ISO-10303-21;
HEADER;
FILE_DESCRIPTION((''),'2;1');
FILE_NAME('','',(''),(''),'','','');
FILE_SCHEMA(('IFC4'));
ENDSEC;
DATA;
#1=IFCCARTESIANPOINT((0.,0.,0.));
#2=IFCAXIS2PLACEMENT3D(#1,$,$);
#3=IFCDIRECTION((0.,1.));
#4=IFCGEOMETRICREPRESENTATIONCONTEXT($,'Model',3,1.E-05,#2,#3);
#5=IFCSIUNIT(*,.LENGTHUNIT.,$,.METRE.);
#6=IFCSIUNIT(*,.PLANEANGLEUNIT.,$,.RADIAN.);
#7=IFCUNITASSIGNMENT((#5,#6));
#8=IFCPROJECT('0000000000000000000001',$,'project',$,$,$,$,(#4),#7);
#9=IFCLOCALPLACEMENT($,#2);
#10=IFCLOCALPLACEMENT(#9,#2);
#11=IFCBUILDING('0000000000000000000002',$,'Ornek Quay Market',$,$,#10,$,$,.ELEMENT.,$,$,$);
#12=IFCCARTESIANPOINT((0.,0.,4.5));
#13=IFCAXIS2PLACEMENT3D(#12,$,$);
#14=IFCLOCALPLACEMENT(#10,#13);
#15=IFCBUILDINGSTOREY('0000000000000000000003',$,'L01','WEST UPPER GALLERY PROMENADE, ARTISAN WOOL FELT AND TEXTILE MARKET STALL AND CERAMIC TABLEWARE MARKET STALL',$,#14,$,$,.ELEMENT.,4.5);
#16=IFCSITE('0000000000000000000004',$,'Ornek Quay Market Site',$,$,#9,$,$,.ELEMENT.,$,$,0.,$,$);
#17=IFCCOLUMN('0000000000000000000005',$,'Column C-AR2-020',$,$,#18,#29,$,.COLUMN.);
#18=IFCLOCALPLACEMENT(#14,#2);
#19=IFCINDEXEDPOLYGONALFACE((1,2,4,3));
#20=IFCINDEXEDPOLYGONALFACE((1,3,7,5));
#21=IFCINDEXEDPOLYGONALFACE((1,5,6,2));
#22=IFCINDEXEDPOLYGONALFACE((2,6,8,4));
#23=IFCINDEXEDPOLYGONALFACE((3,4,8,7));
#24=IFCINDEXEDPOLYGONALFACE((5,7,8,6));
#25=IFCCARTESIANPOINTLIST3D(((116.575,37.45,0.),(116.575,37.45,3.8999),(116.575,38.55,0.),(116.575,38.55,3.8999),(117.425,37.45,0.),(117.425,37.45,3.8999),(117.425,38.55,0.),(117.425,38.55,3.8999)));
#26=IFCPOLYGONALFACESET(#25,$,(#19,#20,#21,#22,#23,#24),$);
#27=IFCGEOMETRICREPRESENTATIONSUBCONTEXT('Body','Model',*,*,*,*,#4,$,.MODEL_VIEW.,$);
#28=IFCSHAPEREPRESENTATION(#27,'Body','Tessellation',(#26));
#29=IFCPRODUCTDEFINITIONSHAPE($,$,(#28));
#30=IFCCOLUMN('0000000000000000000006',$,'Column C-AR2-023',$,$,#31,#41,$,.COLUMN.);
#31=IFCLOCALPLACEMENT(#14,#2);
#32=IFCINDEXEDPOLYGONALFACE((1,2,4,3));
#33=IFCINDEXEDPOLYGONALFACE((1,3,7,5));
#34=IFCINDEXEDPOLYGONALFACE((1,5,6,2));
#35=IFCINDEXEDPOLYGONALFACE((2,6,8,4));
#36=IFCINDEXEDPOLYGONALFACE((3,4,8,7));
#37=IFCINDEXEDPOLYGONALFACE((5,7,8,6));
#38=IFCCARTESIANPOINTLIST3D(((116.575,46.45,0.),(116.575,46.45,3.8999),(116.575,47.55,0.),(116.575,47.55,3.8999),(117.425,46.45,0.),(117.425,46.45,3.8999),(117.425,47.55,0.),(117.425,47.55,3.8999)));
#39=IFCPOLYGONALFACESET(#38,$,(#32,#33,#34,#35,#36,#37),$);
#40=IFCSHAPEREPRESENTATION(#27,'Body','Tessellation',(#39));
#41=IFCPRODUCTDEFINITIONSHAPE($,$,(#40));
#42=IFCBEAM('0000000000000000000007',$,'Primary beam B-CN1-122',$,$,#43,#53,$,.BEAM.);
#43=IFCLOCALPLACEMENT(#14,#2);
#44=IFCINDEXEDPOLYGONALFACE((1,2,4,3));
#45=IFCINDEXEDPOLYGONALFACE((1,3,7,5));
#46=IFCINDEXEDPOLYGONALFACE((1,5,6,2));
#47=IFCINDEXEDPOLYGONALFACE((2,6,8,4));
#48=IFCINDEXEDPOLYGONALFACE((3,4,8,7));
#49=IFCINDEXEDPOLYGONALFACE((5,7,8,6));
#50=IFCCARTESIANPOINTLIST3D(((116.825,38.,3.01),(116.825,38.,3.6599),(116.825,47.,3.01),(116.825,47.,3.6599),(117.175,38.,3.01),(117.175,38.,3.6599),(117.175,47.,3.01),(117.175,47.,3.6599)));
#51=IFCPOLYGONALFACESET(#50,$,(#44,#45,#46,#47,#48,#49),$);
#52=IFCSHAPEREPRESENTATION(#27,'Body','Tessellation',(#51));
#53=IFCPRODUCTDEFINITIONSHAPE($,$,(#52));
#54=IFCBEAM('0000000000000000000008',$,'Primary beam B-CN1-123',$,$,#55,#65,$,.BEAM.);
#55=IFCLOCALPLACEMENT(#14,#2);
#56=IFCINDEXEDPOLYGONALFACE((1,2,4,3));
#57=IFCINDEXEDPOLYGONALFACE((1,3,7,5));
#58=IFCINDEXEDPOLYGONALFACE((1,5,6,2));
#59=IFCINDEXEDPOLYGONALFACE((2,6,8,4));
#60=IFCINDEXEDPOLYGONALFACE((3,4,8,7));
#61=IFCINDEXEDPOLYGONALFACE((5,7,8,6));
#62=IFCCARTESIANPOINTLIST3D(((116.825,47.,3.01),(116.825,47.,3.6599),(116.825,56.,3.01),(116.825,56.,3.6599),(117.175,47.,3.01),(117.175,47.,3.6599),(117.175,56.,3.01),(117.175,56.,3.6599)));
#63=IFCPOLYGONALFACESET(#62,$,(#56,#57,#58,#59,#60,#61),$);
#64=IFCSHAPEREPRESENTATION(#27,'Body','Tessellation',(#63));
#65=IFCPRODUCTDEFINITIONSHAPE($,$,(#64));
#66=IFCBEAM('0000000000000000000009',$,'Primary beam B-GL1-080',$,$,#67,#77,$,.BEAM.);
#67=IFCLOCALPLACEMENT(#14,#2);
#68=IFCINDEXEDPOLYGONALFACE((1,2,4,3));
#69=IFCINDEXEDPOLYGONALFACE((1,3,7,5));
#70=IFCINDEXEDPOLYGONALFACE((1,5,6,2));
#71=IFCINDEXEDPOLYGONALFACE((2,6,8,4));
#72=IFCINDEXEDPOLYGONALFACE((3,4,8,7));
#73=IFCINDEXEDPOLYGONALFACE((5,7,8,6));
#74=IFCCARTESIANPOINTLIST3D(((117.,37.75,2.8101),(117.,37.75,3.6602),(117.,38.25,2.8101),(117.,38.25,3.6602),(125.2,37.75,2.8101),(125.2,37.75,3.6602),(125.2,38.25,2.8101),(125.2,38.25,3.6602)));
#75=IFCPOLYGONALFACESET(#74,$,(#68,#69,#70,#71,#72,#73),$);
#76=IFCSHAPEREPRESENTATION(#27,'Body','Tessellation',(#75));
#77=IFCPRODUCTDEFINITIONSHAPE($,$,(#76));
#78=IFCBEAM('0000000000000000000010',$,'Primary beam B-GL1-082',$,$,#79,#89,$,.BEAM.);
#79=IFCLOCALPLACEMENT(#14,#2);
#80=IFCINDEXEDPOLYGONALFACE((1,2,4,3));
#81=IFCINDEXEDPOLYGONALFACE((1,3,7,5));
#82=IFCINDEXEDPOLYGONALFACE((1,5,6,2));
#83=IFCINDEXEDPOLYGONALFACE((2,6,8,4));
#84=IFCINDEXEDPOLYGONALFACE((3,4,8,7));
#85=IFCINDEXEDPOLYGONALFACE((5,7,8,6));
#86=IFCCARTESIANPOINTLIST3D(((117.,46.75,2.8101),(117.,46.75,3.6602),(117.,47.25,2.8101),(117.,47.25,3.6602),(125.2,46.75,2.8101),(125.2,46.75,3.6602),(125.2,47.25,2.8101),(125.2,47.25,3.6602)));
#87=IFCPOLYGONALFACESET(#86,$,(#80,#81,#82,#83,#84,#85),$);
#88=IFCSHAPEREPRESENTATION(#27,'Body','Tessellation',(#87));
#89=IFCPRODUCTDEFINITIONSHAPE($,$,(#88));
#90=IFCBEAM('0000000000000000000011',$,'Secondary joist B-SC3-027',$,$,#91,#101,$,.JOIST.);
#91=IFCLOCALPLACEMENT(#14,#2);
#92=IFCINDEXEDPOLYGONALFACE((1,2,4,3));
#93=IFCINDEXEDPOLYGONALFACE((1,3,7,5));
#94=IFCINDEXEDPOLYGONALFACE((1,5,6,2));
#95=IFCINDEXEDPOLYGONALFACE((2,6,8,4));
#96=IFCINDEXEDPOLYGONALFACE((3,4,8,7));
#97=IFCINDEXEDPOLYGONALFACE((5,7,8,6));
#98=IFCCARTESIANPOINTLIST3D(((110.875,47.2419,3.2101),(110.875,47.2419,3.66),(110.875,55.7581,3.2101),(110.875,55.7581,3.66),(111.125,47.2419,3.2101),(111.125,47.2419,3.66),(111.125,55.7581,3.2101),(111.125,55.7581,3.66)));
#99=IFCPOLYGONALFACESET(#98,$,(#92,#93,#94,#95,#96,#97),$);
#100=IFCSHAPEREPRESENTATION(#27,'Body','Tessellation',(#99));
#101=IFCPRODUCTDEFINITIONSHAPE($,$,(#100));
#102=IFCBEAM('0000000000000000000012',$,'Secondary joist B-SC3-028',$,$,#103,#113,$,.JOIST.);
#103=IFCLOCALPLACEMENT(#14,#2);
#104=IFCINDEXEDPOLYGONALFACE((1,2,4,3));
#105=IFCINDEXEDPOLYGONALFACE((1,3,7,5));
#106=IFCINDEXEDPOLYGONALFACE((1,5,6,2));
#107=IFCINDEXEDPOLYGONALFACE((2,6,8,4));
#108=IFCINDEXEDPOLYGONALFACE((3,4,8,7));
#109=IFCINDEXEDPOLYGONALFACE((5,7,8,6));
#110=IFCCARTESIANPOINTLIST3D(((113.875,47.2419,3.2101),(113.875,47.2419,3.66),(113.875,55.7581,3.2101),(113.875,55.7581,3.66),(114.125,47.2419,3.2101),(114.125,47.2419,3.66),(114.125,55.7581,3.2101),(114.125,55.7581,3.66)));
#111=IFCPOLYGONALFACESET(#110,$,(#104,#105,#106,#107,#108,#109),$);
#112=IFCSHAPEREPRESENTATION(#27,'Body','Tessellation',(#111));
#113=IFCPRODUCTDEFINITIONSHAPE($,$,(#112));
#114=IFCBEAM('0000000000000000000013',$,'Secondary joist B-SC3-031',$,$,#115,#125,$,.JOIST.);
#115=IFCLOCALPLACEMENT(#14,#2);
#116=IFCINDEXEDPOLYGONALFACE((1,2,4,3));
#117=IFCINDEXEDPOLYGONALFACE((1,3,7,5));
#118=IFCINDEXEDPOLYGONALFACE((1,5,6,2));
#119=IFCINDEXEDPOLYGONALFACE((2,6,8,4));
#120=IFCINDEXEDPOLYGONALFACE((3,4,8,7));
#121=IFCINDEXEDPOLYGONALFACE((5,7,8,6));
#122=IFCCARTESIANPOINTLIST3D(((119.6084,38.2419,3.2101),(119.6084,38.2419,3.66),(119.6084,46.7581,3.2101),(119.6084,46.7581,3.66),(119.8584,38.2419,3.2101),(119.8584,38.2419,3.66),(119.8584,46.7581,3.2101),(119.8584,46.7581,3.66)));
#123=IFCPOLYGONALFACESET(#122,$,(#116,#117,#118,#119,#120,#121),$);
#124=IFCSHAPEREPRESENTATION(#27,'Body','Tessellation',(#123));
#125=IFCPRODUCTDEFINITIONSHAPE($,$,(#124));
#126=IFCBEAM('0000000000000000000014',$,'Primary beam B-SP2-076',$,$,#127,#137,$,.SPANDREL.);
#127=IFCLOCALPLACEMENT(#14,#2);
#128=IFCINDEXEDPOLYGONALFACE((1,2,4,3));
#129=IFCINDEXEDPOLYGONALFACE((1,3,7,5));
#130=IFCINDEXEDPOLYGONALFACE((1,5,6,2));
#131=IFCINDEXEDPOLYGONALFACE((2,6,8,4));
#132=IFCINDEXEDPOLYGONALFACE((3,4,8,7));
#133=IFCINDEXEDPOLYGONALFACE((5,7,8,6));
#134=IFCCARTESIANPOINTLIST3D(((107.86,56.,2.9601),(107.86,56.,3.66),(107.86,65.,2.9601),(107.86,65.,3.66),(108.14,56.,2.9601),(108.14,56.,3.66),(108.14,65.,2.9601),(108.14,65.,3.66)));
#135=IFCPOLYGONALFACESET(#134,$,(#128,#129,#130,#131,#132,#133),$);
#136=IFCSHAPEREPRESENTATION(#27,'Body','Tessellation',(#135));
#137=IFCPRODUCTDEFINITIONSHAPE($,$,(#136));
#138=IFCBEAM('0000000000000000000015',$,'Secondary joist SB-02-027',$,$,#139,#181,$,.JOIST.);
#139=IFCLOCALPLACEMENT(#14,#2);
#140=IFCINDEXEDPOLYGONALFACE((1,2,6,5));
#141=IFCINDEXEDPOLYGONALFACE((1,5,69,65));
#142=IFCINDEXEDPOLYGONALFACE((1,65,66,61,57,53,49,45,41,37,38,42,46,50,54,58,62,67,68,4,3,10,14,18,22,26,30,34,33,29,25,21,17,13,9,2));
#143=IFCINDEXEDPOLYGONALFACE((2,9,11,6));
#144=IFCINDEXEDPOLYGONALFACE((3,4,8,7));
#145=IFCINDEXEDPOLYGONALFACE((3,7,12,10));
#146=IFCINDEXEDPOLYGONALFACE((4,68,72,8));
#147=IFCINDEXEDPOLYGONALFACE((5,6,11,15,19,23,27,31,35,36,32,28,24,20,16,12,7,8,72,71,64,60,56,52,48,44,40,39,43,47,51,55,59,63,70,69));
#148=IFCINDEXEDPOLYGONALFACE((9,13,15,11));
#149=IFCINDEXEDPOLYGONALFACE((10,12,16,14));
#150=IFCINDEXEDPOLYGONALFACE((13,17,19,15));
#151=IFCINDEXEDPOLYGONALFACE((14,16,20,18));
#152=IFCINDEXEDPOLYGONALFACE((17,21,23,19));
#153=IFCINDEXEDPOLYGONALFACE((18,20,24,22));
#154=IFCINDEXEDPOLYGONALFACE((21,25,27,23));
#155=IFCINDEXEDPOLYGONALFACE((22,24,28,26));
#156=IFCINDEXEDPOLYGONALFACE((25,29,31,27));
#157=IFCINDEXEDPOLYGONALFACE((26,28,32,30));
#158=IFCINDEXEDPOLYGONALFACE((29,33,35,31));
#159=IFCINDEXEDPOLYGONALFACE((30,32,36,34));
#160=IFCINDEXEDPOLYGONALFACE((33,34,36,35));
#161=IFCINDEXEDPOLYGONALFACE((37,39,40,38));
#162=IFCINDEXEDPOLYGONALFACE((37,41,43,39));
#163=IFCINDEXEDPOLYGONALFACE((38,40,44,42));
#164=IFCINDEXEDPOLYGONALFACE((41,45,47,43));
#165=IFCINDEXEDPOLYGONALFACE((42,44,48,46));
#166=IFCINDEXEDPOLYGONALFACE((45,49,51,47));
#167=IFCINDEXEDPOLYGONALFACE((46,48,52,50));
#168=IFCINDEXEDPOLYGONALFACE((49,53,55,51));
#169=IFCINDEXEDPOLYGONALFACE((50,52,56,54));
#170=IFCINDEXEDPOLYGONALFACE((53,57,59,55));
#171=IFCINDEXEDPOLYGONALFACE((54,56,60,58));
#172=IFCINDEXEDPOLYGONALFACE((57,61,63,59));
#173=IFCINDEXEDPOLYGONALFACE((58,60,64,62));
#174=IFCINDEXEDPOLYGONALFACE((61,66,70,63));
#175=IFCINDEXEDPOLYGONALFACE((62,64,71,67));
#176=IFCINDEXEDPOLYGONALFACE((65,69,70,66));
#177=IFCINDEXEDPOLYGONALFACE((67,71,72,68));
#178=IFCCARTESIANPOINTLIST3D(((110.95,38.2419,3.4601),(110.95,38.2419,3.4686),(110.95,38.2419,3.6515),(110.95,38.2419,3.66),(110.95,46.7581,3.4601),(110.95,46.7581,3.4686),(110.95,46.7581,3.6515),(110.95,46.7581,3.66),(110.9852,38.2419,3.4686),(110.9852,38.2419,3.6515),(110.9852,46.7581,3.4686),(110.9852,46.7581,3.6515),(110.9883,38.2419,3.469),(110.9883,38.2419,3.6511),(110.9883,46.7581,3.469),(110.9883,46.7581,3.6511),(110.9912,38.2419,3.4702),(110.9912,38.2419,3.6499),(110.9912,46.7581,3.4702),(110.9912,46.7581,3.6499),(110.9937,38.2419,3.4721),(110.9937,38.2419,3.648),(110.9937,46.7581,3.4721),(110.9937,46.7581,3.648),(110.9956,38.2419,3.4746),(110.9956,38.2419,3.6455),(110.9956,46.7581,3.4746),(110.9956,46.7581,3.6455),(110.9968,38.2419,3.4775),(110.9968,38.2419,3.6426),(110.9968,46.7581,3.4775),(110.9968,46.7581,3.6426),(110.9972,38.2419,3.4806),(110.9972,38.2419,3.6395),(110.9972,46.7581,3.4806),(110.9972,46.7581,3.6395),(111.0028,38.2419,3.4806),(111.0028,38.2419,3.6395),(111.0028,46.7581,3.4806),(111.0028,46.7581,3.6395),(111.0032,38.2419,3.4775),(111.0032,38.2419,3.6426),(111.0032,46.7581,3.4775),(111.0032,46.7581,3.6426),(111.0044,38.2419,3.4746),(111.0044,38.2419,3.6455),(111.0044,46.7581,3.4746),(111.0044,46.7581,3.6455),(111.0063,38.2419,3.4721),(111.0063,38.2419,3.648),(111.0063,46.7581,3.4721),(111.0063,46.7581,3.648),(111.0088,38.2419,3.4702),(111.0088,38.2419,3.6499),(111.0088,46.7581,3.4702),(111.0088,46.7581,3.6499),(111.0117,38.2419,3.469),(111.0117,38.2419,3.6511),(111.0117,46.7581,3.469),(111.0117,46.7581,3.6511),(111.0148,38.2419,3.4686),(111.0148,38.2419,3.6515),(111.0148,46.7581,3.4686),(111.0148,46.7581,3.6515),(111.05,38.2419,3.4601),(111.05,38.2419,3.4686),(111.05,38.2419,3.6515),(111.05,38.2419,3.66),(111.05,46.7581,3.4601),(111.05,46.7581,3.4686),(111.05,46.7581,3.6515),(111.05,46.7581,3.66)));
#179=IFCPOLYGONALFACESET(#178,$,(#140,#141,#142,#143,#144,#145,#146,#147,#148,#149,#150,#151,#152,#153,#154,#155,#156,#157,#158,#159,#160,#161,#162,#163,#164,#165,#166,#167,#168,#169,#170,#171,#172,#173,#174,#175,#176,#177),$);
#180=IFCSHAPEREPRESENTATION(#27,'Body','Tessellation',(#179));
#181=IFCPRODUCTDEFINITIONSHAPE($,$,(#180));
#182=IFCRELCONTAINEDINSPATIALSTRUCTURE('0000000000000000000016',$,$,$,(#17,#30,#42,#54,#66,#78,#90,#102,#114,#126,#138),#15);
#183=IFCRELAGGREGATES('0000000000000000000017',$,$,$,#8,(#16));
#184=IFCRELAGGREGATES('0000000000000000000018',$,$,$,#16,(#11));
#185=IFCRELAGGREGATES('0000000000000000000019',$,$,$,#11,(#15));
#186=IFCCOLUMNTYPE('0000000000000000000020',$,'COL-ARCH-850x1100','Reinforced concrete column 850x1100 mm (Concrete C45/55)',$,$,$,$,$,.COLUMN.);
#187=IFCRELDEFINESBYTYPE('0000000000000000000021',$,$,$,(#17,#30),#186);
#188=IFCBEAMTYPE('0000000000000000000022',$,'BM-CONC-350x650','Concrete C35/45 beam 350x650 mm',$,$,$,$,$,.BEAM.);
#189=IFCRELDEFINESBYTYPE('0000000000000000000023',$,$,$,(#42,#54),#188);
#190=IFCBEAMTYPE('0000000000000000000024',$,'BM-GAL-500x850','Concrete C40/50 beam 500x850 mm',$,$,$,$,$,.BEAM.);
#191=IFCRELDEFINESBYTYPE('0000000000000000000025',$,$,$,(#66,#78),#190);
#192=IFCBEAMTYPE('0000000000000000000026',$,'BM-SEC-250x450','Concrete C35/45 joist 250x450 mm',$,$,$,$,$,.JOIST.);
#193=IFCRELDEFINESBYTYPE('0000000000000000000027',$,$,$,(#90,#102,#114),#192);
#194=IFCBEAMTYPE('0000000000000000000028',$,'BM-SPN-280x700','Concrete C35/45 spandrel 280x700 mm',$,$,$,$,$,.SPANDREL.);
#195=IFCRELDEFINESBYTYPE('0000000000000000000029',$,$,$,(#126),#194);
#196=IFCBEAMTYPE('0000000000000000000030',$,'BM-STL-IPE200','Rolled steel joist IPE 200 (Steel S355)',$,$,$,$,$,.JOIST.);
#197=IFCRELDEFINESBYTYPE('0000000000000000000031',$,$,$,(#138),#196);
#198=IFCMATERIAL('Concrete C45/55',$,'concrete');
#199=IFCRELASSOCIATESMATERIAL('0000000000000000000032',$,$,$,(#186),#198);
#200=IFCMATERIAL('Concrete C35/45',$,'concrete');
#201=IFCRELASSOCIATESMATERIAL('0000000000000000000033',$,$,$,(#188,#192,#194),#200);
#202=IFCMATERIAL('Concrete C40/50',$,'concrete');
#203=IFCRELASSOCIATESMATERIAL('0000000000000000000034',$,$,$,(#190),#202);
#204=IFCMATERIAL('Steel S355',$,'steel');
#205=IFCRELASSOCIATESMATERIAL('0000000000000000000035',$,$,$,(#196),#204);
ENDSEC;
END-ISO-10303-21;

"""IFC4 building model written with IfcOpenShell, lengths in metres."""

from ifc_helpers import new_model, si_unit, direction, frame, origin, origin_2d, place, context, subcontext, project, spatial, rectangle, i_section, extrude, material, material_profile, profile_set, type_object, element, save


model = new_model("IFC4")

# Units and contexts
model_context = context("Model", 3, precision=1e-05, world=origin(), true_north=direction((0.0, 1.0)))
body_context = subcontext(model_context, "Body", "Model", "MODEL_VIEW")
ifc_project = project(units=[si_unit("LENGTHUNIT", "METRE"), si_unit("PLANEANGLEUNIT", "RADIAN")], contexts=[model_context])

# Site, building, storey
site_placement = place(None, origin())
site = spatial("IfcSite", under=ifc_project, at=site_placement, Name="Ornek Quay Market Site", CompositionType="ELEMENT", RefElevation=0.0)
building_placement = place(site_placement, origin())
building = spatial("IfcBuilding", under=site, at=building_placement, Name="Ornek Quay Market", CompositionType="ELEMENT")
storey_placement = place(building_placement, frame((0.0, 0.0, 4.5)))
storey = spatial("IfcBuildingStorey", under=building, at=storey_placement, Name="L01", Description="WEST UPPER GALLERY PROMENADE, ARTISAN WOOL FELT AND TEXTILE MARKET STALL AND CERAMIC TABLEWARE MARKET STALL", CompositionType="ELEMENT", Elevation=4.5)

# Columns
ifc_material_1 = material(Name="Concrete C45/55", Category="concrete")
ifc_material_profile_1 = material_profile(ifc_material_1, rectangle(XDim=0.8501, YDim=1.1001, at=origin_2d()), Name="RC 850x1100", Category="concrete")
ifc_profile_set_1 = profile_set([ifc_material_profile_1], Name="Concrete C45/55")
column_type = type_object("IfcColumnType", Name="COL-ARCH-850x1100", Description="Reinforced concrete column 850x1100 mm (Concrete C45/55)", PredefinedType="COLUMN", material=ifc_profile_set_1)
for number, where, z_axis, x_axis, name in (
    (1, (117.0, 38.0, 0.0), (0.0, 0.0, 1.0), (1.0, 0.0, 0.0), "Column C-AR2-020"),
    (2, (117.0, 47.0, 0.0), (0.0, 0.0, 1.0), (1.0, 0.0, 0.0), "Column C-AR2-023"),
):
    element("IfcColumn", number, at=place(storey_placement, frame(where, z_axis=z_axis, x_axis=x_axis)), inside=storey, type_object=column_type, Name=name, PredefinedType="COLUMN", context=body_context, shape_type="SweptSolid", body=[
        extrude(rectangle(XDim=0.8501, YDim=1.1001, at=origin_2d()), origin(), (0.0, 0.0, 1.0), 3.8999),
    ])

# Beams
ifc_material_2 = material(Name="Concrete C35/45", Category="concrete")
ifc_material_profile_2 = material_profile(ifc_material_2, rectangle(XDim=0.3501, YDim=0.6499, at=origin_2d()), Name="RC 350x650", Category="concrete")
ifc_profile_set_2 = profile_set([ifc_material_profile_2], Name="Concrete C35/45")
beam_type_1 = type_object("IfcBeamType", Name="BM-CONC-350x650", Description="Concrete C35/45 beam 350x650 mm", PredefinedType="BEAM", material=ifc_profile_set_2)
for number, where, z_axis, x_axis, name in (
    (3, (117.0, 38.0, 3.335), (0.0, 1.0, 0.0), (-1.0, 0.0, 0.0), "Primary beam B-CN1-122"),
    (4, (117.0, 47.0, 3.335), (0.0, 1.0, 0.0), (-1.0, 0.0, 0.0), "Primary beam B-CN1-123"),
):
    element("IfcBeam", number, at=place(storey_placement, frame(where, z_axis=z_axis, x_axis=x_axis)), inside=storey, type_object=beam_type_1, Name=name, PredefinedType="BEAM", context=body_context, shape_type="SweptSolid", body=[
        extrude(rectangle(XDim=0.3501, YDim=0.6499, at=origin_2d()), origin(), (0.0, 0.0, 1.0), 9.0),
    ])
ifc_material_3 = material(Name="Concrete C40/50", Category="concrete")
ifc_material_profile_3 = material_profile(ifc_material_3, rectangle(XDim=0.5, YDim=0.8501, at=origin_2d()), Name="RC 500x850", Category="concrete")
ifc_profile_set_3 = profile_set([ifc_material_profile_3], Name="Concrete C40/50")
beam_type_2 = type_object("IfcBeamType", Name="BM-GAL-500x850", Description="Concrete C40/50 beam 500x850 mm", PredefinedType="BEAM", material=ifc_profile_set_3)
for number, where, z_axis, x_axis, name in (
    (5, (117.0, 38.0, 3.2351), (1.0, 0.0, 0.0), (0.0, 1.0, 0.0), "Primary beam B-GL1-080"),
    (6, (117.0, 47.0, 3.2351), (1.0, 0.0, 0.0), (0.0, 1.0, 0.0), "Primary beam B-GL1-082"),
):
    element("IfcBeam", number, at=place(storey_placement, frame(where, z_axis=z_axis, x_axis=x_axis)), inside=storey, type_object=beam_type_2, Name=name, PredefinedType="BEAM", context=body_context, shape_type="SweptSolid", body=[
        extrude(rectangle(XDim=0.5, YDim=0.8501, at=origin_2d()), origin(), (0.0, 0.0, 1.0), 8.2),
    ])
ifc_material_profile_4 = material_profile(ifc_material_2, rectangle(XDim=0.25, YDim=0.45, at=origin_2d()), Name="RC 250x450", Category="concrete")
ifc_profile_set_4 = profile_set([ifc_material_profile_4], Name="Concrete C35/45")
beam_type_3 = type_object("IfcBeamType", Name="BM-SEC-250x450", Description="Concrete C35/45 joist 250x450 mm", PredefinedType="JOIST", material=ifc_profile_set_4)
for number, where, z_axis, x_axis, name in (
    (7, (111.0, 47.2419, 3.4351), (0.0, 1.0, 0.0), (-1.0, 0.0, 0.0), "Secondary joist B-SC3-027"),
    (8, (114.0, 47.2419, 3.4351), (0.0, 1.0, 0.0), (-1.0, 0.0, 0.0), "Secondary joist B-SC3-028"),
    (9, (119.7334, 38.2419, 3.4351), (0.0, 1.0, 0.0), (-1.0, 0.0, 0.0), "Secondary joist B-SC3-031"),
):
    element("IfcBeam", number, at=place(storey_placement, frame(where, z_axis=z_axis, x_axis=x_axis)), inside=storey, type_object=beam_type_3, Name=name, PredefinedType="JOIST", context=body_context, shape_type="SweptSolid", body=[
        extrude(rectangle(XDim=0.25, YDim=0.45, at=origin_2d()), origin(), (0.0, 0.0, 1.0), 8.5161),
    ])
ifc_material_profile_5 = material_profile(ifc_material_2, rectangle(XDim=0.28, YDim=0.7, at=origin_2d()), Name="RC 280x700", Category="concrete")
ifc_profile_set_5 = profile_set([ifc_material_profile_5], Name="Concrete C35/45")
beam_type_4 = type_object("IfcBeamType", Name="BM-SPN-280x700", Description="Concrete C35/45 spandrel 280x700 mm", PredefinedType="SPANDREL", material=ifc_profile_set_5)
beam_placement = place(storey_placement, frame((108.0, 56.0, 3.3101), z_axis=(0.0, 1.0, 0.0), x_axis=(-1.0, 0.0, 0.0)))
element("IfcBeam", 10, at=beam_placement, inside=storey, type_object=beam_type_4, Name="Primary beam B-SP2-076", PredefinedType="SPANDREL", context=body_context, shape_type="SweptSolid", body=[
    extrude(rectangle(XDim=0.28, YDim=0.7, at=origin_2d()), origin(), (0.0, 0.0, 1.0), 9.0),
])
ifc_material_4 = material(Name="Steel S355", Category="steel")
ifc_material_profile_6 = material_profile(ifc_material_4, i_section(OverallWidth=0.1001, OverallDepth=0.2, WebThickness=0.0056, FlangeThickness=0.0085, FilletRadius=0.012, at=origin_2d()), Name="IPE 200", Category="steel")
ifc_profile_set_6 = profile_set([ifc_material_profile_6], Name="Steel S355")
beam_type_5 = type_object("IfcBeamType", Name="BM-STL-IPE200", Description="Rolled steel joist IPE 200 (Steel S355)", PredefinedType="JOIST", material=ifc_profile_set_6)
for number, where, z_axis, x_axis, name in (
    (11, (111.0, 38.2419, 3.5601), (0.0, 1.0, 0.0), (-1.0, 0.0, 0.0), "Secondary joist SB-02-027"),
):
    element("IfcBeam", number, at=place(storey_placement, frame(where, z_axis=z_axis, x_axis=x_axis)), inside=storey, type_object=beam_type_5, Name=name, PredefinedType="JOIST", context=body_context, shape_type="SweptSolid", body=[
        extrude(i_section(OverallWidth=0.1001, OverallDepth=0.2, WebThickness=0.0056, FlangeThickness=0.0085, FilletRadius=0.012, at=origin_2d()), origin(), (0.0, 0.0, 1.0), 8.5161),
    ])

save(model, "model.ifc")
